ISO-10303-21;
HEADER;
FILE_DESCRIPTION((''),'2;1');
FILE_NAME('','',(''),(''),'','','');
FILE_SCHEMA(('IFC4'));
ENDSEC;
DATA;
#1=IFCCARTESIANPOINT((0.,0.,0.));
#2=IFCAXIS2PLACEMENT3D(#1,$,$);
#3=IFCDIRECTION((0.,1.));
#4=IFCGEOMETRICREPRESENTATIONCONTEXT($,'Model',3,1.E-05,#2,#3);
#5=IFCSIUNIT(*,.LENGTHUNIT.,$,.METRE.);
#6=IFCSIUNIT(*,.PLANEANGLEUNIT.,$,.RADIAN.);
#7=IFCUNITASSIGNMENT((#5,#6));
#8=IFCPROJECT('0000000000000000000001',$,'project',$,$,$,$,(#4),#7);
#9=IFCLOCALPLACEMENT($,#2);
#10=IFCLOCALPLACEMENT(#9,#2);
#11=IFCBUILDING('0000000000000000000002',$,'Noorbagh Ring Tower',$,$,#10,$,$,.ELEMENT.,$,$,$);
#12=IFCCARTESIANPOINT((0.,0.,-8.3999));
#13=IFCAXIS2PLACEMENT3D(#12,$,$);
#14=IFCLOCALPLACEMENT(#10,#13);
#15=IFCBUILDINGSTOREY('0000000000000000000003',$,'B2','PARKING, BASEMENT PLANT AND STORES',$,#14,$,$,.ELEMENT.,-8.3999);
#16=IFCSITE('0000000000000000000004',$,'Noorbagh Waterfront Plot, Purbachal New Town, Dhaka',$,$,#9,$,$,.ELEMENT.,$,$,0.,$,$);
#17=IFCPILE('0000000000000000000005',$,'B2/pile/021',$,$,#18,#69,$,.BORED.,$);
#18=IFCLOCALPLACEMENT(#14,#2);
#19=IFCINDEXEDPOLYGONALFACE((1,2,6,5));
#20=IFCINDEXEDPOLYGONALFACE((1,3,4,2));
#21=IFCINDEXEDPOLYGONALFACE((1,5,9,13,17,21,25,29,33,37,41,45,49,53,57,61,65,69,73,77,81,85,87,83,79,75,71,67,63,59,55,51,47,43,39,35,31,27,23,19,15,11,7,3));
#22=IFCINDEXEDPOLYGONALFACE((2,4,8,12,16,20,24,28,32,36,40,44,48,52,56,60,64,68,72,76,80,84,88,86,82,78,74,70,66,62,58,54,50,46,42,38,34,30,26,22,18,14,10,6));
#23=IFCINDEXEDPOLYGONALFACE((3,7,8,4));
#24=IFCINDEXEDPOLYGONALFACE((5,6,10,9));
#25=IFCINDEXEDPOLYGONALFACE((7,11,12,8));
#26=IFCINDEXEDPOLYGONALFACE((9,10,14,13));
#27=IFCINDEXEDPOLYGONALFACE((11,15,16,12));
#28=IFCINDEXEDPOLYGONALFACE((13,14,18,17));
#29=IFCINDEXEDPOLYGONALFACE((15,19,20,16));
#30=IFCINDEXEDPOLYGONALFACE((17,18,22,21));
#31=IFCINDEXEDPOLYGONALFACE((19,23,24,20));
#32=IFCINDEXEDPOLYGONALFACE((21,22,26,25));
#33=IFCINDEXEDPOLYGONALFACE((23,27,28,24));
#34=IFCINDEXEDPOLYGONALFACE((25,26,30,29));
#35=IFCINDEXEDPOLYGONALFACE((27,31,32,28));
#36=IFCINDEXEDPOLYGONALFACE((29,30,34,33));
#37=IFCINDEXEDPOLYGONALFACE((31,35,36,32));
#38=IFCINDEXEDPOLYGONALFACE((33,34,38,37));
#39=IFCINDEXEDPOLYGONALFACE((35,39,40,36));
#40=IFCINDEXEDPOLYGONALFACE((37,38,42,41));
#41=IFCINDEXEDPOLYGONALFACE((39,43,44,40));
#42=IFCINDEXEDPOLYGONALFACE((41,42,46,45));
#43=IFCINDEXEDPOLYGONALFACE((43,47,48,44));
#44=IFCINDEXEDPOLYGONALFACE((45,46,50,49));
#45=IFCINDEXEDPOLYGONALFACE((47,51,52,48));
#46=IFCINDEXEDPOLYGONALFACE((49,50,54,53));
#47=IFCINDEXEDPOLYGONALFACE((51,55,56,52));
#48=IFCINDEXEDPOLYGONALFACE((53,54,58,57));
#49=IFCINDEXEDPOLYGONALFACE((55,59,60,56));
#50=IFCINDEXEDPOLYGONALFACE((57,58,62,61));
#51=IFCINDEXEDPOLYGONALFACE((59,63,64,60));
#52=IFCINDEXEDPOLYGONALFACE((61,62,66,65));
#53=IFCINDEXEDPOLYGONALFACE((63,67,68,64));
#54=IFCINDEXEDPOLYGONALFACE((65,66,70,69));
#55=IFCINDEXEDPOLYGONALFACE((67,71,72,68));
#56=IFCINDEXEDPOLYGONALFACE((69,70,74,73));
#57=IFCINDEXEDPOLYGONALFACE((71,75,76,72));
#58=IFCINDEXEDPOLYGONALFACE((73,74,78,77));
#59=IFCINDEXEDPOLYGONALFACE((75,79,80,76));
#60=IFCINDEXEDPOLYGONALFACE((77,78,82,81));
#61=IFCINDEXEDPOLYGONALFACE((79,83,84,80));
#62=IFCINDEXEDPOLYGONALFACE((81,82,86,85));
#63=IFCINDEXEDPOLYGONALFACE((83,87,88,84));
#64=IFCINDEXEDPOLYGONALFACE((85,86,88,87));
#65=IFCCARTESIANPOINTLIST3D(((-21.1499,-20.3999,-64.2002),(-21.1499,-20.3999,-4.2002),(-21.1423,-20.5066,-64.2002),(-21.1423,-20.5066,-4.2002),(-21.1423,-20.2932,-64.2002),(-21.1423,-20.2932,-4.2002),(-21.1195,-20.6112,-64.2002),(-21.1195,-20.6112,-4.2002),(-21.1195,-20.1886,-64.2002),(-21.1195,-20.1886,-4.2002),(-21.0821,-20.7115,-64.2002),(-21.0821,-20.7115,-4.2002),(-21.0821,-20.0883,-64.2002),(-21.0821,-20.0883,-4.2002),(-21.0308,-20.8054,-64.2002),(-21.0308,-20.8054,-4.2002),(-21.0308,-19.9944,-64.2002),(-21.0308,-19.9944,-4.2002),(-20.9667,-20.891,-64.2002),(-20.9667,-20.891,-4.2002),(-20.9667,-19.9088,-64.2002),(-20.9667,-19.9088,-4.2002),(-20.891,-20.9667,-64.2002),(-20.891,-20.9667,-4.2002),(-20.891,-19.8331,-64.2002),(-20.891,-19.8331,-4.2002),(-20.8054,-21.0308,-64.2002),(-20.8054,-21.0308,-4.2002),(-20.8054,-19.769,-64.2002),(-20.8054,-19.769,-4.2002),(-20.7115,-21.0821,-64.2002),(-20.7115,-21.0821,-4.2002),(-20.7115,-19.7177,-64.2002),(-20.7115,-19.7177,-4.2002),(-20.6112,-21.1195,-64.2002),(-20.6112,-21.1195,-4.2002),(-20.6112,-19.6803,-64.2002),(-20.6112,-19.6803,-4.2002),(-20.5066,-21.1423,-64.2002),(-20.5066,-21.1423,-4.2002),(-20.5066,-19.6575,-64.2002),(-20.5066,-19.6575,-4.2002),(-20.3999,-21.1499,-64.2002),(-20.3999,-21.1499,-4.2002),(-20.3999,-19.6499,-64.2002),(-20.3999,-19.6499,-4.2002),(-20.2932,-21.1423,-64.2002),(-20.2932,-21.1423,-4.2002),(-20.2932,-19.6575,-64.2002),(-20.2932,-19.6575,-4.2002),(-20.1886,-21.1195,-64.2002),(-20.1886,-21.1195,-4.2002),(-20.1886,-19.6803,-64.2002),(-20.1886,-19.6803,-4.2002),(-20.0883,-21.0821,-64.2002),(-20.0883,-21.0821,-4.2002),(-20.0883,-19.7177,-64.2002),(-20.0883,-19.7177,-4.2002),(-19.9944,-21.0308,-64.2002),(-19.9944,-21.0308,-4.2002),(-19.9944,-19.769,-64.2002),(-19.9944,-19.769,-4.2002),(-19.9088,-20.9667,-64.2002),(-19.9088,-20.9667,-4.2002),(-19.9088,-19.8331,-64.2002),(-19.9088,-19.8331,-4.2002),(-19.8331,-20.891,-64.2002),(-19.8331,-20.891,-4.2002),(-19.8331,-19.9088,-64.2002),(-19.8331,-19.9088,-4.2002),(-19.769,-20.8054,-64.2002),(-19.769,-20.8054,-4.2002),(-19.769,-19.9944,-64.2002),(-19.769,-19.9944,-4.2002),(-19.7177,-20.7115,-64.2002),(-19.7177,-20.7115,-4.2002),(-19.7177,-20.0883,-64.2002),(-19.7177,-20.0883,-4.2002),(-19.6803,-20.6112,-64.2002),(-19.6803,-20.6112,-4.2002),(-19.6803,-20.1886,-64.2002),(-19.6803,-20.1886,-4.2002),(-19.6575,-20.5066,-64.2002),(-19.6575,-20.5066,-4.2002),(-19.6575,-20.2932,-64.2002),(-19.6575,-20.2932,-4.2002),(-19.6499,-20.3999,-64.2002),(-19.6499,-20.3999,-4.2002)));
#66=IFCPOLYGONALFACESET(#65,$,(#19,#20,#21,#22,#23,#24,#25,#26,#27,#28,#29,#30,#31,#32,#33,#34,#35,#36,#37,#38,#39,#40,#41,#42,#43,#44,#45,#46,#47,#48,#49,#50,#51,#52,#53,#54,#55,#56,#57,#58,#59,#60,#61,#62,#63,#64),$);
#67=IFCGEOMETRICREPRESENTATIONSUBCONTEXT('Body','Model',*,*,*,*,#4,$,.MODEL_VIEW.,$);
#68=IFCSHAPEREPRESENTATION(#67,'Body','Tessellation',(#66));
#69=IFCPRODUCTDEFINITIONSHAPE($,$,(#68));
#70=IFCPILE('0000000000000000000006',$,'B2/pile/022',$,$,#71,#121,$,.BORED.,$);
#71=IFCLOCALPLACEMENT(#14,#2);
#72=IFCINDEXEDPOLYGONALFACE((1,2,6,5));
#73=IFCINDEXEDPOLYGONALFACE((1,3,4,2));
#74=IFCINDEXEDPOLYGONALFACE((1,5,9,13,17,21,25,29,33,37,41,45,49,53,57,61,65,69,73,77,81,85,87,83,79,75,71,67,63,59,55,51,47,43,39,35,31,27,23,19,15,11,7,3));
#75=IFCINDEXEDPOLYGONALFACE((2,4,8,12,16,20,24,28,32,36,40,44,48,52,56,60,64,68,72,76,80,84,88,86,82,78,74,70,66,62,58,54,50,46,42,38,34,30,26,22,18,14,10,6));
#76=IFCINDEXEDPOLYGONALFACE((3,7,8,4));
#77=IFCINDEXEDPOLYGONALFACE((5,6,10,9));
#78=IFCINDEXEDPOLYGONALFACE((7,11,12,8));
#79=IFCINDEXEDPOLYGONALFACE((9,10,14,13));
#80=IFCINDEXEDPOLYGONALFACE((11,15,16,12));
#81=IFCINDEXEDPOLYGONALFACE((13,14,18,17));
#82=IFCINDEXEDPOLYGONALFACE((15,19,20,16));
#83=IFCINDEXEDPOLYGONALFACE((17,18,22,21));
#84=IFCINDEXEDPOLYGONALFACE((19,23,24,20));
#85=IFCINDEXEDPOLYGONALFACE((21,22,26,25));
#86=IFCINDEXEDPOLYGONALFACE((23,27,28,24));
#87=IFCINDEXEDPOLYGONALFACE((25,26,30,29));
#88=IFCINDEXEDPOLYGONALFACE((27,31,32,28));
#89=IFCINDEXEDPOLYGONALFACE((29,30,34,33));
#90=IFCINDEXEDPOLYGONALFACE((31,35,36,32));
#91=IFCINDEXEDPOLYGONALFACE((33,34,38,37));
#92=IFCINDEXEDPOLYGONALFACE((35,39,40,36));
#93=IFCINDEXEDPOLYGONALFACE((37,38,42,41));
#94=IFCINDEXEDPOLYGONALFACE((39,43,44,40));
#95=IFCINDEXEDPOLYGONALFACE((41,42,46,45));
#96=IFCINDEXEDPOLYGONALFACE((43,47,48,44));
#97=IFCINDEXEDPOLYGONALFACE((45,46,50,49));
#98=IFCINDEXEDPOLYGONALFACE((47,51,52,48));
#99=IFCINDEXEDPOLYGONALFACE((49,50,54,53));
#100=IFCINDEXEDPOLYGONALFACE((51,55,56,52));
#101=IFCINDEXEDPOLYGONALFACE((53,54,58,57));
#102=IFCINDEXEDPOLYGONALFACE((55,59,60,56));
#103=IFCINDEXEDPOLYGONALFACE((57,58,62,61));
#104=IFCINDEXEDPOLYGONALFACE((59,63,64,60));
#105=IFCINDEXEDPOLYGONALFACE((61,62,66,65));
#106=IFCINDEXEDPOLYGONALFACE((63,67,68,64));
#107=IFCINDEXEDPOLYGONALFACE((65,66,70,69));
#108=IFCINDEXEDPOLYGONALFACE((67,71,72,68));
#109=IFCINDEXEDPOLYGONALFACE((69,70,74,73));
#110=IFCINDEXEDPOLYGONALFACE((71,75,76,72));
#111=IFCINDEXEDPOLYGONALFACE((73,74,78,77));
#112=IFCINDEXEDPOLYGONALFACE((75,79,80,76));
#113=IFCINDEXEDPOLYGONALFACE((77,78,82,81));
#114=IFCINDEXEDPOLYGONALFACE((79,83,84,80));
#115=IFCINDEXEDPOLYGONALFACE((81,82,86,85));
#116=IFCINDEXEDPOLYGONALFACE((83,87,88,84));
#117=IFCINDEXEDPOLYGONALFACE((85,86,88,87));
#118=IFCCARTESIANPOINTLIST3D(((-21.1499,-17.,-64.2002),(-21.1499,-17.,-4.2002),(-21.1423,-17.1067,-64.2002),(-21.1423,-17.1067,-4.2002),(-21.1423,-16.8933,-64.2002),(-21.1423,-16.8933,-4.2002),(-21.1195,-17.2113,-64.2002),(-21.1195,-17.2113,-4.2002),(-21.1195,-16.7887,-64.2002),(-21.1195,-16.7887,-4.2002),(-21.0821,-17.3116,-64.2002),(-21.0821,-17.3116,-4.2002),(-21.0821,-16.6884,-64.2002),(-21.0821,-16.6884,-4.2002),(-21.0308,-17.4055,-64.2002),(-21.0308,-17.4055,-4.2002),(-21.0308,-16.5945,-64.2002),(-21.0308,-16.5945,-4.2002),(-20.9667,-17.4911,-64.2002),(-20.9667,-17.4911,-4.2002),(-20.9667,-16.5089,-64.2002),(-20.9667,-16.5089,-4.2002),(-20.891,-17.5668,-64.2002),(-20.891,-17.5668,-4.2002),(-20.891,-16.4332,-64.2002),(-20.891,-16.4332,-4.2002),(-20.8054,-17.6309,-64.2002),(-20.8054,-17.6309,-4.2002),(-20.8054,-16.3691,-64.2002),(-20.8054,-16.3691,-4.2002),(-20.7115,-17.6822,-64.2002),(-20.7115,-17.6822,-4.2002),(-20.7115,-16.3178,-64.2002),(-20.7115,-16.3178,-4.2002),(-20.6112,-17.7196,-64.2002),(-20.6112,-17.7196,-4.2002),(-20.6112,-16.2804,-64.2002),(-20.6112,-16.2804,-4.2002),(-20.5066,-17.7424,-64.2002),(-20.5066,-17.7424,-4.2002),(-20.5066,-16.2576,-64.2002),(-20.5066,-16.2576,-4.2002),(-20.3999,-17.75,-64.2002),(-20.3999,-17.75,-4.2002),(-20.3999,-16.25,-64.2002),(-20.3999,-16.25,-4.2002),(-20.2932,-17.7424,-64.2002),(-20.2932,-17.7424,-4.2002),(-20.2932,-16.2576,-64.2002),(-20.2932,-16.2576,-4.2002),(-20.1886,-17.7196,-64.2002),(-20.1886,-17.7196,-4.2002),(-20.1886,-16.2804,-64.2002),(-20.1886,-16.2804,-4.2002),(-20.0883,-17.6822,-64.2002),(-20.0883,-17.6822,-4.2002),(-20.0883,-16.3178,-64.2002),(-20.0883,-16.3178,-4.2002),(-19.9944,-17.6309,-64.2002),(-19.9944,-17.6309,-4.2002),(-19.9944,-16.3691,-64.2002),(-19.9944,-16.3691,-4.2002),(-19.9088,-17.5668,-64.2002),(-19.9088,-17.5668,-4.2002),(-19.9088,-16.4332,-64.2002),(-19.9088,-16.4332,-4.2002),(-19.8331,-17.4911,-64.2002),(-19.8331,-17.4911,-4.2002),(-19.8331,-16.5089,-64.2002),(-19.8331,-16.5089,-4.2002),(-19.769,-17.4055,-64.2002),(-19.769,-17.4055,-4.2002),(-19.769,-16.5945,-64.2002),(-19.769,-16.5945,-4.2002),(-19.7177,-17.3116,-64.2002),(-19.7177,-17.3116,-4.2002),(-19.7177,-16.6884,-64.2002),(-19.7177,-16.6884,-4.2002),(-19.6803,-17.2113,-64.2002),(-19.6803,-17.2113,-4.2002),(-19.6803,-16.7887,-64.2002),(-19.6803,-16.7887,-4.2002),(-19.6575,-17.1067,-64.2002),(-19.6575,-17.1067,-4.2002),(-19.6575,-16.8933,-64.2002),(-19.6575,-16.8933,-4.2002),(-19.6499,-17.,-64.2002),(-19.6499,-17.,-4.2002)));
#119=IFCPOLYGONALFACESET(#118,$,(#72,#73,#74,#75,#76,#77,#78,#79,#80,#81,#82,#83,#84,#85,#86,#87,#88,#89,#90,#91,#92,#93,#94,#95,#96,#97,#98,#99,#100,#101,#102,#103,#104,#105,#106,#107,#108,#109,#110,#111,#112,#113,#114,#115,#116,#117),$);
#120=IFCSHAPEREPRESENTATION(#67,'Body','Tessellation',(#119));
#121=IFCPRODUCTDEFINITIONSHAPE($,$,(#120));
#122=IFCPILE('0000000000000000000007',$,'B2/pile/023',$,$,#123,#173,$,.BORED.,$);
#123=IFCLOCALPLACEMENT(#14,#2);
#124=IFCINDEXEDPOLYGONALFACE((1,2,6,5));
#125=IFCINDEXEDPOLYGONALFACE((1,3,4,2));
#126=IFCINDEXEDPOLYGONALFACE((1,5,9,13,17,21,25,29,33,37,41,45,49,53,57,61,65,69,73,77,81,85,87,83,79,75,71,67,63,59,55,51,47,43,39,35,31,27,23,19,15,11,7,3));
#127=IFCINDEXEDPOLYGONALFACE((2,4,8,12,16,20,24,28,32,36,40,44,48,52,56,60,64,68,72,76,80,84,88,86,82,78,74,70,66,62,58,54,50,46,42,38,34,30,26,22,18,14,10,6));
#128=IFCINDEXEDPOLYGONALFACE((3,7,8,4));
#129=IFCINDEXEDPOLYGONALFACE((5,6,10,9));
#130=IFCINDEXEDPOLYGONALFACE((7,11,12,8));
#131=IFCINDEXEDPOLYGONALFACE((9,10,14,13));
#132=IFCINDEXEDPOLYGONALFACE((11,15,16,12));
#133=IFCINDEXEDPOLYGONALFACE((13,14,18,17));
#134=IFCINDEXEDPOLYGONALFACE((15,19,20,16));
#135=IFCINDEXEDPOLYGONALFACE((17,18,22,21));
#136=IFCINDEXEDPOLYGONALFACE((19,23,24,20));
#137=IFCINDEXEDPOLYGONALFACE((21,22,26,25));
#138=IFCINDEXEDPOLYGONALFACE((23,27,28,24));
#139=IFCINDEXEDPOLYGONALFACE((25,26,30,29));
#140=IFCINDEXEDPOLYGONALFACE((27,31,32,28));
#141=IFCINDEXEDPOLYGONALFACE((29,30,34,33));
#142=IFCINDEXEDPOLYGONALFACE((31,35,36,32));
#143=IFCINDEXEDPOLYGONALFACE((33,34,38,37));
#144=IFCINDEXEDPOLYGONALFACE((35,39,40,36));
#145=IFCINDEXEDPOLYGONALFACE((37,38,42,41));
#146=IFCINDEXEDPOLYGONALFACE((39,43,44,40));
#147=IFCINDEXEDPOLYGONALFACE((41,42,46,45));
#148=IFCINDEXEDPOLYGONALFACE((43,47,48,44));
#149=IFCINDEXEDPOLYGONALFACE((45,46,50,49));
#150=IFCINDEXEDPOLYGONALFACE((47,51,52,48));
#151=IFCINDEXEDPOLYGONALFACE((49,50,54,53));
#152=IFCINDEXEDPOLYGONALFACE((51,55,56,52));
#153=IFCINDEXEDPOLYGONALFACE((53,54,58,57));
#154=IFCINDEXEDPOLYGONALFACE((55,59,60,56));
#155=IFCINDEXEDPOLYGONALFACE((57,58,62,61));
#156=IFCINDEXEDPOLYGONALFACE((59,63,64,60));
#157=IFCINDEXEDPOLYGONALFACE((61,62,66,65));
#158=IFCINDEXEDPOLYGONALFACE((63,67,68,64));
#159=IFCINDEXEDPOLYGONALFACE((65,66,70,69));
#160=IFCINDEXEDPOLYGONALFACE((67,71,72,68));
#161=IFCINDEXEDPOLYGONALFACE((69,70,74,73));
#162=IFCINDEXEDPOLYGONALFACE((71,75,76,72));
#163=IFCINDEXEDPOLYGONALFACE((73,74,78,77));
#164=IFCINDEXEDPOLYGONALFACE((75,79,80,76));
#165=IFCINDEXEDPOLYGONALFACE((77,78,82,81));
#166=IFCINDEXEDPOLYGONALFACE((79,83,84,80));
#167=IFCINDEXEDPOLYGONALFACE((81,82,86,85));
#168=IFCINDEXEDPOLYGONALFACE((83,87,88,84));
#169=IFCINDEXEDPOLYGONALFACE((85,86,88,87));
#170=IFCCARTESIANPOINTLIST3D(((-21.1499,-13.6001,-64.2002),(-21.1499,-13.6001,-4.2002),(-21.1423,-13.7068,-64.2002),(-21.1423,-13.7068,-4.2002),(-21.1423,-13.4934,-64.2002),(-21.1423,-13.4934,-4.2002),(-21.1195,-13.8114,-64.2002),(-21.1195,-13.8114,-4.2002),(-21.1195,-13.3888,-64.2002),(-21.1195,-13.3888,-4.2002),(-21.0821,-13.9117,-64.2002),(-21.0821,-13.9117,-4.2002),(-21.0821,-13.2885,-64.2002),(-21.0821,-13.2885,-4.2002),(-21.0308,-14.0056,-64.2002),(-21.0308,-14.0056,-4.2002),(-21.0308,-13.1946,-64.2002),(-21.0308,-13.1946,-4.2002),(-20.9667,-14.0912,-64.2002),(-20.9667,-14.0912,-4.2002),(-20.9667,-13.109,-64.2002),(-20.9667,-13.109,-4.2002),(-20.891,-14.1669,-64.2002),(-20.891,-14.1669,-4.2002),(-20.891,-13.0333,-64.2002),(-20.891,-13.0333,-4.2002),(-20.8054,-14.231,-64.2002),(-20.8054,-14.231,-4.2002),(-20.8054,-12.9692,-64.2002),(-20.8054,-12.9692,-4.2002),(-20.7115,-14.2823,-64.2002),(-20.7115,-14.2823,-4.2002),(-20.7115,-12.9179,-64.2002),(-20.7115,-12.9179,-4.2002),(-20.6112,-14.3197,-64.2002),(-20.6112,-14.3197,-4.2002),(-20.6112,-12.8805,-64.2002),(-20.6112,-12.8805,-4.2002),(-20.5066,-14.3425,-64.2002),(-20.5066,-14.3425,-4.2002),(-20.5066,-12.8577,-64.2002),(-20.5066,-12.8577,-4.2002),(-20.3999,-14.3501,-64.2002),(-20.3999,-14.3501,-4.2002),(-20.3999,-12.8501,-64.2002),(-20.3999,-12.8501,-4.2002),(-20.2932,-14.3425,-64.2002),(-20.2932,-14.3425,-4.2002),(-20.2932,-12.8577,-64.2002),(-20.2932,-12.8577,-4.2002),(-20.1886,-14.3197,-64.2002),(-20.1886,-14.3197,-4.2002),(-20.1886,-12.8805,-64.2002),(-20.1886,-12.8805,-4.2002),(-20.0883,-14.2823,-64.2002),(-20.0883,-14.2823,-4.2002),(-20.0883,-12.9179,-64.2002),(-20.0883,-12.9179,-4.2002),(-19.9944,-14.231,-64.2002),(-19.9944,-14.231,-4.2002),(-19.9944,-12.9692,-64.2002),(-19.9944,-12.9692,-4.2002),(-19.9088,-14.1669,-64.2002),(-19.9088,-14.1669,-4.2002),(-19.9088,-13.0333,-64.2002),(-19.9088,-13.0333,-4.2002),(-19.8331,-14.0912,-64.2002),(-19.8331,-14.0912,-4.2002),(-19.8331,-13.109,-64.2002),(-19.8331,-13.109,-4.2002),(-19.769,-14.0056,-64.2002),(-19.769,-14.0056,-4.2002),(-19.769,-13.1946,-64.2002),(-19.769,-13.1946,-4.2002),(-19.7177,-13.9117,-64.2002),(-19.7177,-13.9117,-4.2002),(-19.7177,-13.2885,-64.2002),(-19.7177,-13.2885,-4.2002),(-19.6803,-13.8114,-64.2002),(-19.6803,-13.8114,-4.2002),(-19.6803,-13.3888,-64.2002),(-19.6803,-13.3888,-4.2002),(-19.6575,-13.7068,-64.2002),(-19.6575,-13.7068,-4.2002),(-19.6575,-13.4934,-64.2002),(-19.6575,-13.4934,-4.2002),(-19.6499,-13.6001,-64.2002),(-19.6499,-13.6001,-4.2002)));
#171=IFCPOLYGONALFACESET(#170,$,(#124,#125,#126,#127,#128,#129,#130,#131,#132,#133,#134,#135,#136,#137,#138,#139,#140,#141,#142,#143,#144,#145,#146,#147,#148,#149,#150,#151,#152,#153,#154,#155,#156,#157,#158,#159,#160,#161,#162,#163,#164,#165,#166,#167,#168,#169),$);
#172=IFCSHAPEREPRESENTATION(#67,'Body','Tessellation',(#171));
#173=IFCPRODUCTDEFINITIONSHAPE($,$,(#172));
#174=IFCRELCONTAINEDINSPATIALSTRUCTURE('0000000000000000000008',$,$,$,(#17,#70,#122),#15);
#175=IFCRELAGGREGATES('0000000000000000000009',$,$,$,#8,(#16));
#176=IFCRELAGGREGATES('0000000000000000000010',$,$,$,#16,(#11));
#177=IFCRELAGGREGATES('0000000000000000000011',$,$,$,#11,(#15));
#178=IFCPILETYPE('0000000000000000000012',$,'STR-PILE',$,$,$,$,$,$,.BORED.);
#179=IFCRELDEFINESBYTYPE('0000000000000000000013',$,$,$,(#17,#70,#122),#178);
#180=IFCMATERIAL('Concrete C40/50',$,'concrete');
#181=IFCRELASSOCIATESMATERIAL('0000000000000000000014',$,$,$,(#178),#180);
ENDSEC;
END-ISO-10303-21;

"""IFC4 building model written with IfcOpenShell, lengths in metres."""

from ifc_helpers import new_model, si_unit, direction, frame, origin, origin_2d, place, context, subcontext, project, spatial, circle, extrude, material, material_profile, profile_set, type_object, element, save


model = new_model("IFC4")

# Units and contexts
model_context = context("Model", 3, precision=1e-05, world=origin(), true_north=direction((0.0, 1.0)))
body_context = subcontext(model_context, "Body", "Model", "MODEL_VIEW")
ifc_project = project(units=[si_unit("LENGTHUNIT", "METRE"), si_unit("PLANEANGLEUNIT", "RADIAN")], contexts=[model_context])

# Site, building, storey
site_placement = place(None, origin())
site = spatial("IfcSite", under=ifc_project, at=site_placement, Name="Noorbagh Waterfront Plot, Purbachal New Town, Dhaka", CompositionType="ELEMENT", RefElevation=0.0)
building_placement = place(site_placement, origin())
building = spatial("IfcBuilding", under=site, at=building_placement, Name="Noorbagh Ring Tower", CompositionType="ELEMENT")
storey_placement = place(building_placement, frame((0.0, 0.0, -8.3999)))
storey = spatial("IfcBuildingStorey", under=building, at=storey_placement, Name="B2", Description="PARKING, BASEMENT PLANT AND STORES", CompositionType="ELEMENT", Elevation=-8.3999)

# Piles
ifc_material_1 = material(Name="Concrete C40/50", Category="concrete")
ifc_material_profile = material_profile(ifc_material_1, circle(Radius=0.75, at=origin_2d()), Name="PILE1500")
ifc_profile_set = profile_set([ifc_material_profile], Name="Concrete C40/50")
pile_type = type_object("IfcPileType", Name="STR-PILE", PredefinedType="BORED", material=ifc_profile_set)
for number, where, z_axis, x_axis, name in (
    (1, (-20.3999, -20.3999, -4.2002), (0.0, 0.0, -1.0), (1.0, 0.0, 0.0), "B2/pile/021"),
    (2, (-20.3999, -17.0, -4.2002), (0.0, 0.0, -1.0), (1.0, 0.0, 0.0), "B2/pile/022"),
    (3, (-20.3999, -13.6001, -4.2002), (0.0, 0.0, -1.0), (1.0, 0.0, 0.0), "B2/pile/023"),
):
    element("IfcPile", number, at=place(storey_placement, frame(where, z_axis=z_axis, x_axis=x_axis)), inside=storey, type_object=pile_type, Name=name, PredefinedType="BORED", context=body_context, shape_type="SweptSolid", body=[
        extrude(circle(Radius=0.75, at=origin_2d()), origin(), (0.0, 0.0, 1.0), 60.0),
    ])

save(model, "model.ifc")
